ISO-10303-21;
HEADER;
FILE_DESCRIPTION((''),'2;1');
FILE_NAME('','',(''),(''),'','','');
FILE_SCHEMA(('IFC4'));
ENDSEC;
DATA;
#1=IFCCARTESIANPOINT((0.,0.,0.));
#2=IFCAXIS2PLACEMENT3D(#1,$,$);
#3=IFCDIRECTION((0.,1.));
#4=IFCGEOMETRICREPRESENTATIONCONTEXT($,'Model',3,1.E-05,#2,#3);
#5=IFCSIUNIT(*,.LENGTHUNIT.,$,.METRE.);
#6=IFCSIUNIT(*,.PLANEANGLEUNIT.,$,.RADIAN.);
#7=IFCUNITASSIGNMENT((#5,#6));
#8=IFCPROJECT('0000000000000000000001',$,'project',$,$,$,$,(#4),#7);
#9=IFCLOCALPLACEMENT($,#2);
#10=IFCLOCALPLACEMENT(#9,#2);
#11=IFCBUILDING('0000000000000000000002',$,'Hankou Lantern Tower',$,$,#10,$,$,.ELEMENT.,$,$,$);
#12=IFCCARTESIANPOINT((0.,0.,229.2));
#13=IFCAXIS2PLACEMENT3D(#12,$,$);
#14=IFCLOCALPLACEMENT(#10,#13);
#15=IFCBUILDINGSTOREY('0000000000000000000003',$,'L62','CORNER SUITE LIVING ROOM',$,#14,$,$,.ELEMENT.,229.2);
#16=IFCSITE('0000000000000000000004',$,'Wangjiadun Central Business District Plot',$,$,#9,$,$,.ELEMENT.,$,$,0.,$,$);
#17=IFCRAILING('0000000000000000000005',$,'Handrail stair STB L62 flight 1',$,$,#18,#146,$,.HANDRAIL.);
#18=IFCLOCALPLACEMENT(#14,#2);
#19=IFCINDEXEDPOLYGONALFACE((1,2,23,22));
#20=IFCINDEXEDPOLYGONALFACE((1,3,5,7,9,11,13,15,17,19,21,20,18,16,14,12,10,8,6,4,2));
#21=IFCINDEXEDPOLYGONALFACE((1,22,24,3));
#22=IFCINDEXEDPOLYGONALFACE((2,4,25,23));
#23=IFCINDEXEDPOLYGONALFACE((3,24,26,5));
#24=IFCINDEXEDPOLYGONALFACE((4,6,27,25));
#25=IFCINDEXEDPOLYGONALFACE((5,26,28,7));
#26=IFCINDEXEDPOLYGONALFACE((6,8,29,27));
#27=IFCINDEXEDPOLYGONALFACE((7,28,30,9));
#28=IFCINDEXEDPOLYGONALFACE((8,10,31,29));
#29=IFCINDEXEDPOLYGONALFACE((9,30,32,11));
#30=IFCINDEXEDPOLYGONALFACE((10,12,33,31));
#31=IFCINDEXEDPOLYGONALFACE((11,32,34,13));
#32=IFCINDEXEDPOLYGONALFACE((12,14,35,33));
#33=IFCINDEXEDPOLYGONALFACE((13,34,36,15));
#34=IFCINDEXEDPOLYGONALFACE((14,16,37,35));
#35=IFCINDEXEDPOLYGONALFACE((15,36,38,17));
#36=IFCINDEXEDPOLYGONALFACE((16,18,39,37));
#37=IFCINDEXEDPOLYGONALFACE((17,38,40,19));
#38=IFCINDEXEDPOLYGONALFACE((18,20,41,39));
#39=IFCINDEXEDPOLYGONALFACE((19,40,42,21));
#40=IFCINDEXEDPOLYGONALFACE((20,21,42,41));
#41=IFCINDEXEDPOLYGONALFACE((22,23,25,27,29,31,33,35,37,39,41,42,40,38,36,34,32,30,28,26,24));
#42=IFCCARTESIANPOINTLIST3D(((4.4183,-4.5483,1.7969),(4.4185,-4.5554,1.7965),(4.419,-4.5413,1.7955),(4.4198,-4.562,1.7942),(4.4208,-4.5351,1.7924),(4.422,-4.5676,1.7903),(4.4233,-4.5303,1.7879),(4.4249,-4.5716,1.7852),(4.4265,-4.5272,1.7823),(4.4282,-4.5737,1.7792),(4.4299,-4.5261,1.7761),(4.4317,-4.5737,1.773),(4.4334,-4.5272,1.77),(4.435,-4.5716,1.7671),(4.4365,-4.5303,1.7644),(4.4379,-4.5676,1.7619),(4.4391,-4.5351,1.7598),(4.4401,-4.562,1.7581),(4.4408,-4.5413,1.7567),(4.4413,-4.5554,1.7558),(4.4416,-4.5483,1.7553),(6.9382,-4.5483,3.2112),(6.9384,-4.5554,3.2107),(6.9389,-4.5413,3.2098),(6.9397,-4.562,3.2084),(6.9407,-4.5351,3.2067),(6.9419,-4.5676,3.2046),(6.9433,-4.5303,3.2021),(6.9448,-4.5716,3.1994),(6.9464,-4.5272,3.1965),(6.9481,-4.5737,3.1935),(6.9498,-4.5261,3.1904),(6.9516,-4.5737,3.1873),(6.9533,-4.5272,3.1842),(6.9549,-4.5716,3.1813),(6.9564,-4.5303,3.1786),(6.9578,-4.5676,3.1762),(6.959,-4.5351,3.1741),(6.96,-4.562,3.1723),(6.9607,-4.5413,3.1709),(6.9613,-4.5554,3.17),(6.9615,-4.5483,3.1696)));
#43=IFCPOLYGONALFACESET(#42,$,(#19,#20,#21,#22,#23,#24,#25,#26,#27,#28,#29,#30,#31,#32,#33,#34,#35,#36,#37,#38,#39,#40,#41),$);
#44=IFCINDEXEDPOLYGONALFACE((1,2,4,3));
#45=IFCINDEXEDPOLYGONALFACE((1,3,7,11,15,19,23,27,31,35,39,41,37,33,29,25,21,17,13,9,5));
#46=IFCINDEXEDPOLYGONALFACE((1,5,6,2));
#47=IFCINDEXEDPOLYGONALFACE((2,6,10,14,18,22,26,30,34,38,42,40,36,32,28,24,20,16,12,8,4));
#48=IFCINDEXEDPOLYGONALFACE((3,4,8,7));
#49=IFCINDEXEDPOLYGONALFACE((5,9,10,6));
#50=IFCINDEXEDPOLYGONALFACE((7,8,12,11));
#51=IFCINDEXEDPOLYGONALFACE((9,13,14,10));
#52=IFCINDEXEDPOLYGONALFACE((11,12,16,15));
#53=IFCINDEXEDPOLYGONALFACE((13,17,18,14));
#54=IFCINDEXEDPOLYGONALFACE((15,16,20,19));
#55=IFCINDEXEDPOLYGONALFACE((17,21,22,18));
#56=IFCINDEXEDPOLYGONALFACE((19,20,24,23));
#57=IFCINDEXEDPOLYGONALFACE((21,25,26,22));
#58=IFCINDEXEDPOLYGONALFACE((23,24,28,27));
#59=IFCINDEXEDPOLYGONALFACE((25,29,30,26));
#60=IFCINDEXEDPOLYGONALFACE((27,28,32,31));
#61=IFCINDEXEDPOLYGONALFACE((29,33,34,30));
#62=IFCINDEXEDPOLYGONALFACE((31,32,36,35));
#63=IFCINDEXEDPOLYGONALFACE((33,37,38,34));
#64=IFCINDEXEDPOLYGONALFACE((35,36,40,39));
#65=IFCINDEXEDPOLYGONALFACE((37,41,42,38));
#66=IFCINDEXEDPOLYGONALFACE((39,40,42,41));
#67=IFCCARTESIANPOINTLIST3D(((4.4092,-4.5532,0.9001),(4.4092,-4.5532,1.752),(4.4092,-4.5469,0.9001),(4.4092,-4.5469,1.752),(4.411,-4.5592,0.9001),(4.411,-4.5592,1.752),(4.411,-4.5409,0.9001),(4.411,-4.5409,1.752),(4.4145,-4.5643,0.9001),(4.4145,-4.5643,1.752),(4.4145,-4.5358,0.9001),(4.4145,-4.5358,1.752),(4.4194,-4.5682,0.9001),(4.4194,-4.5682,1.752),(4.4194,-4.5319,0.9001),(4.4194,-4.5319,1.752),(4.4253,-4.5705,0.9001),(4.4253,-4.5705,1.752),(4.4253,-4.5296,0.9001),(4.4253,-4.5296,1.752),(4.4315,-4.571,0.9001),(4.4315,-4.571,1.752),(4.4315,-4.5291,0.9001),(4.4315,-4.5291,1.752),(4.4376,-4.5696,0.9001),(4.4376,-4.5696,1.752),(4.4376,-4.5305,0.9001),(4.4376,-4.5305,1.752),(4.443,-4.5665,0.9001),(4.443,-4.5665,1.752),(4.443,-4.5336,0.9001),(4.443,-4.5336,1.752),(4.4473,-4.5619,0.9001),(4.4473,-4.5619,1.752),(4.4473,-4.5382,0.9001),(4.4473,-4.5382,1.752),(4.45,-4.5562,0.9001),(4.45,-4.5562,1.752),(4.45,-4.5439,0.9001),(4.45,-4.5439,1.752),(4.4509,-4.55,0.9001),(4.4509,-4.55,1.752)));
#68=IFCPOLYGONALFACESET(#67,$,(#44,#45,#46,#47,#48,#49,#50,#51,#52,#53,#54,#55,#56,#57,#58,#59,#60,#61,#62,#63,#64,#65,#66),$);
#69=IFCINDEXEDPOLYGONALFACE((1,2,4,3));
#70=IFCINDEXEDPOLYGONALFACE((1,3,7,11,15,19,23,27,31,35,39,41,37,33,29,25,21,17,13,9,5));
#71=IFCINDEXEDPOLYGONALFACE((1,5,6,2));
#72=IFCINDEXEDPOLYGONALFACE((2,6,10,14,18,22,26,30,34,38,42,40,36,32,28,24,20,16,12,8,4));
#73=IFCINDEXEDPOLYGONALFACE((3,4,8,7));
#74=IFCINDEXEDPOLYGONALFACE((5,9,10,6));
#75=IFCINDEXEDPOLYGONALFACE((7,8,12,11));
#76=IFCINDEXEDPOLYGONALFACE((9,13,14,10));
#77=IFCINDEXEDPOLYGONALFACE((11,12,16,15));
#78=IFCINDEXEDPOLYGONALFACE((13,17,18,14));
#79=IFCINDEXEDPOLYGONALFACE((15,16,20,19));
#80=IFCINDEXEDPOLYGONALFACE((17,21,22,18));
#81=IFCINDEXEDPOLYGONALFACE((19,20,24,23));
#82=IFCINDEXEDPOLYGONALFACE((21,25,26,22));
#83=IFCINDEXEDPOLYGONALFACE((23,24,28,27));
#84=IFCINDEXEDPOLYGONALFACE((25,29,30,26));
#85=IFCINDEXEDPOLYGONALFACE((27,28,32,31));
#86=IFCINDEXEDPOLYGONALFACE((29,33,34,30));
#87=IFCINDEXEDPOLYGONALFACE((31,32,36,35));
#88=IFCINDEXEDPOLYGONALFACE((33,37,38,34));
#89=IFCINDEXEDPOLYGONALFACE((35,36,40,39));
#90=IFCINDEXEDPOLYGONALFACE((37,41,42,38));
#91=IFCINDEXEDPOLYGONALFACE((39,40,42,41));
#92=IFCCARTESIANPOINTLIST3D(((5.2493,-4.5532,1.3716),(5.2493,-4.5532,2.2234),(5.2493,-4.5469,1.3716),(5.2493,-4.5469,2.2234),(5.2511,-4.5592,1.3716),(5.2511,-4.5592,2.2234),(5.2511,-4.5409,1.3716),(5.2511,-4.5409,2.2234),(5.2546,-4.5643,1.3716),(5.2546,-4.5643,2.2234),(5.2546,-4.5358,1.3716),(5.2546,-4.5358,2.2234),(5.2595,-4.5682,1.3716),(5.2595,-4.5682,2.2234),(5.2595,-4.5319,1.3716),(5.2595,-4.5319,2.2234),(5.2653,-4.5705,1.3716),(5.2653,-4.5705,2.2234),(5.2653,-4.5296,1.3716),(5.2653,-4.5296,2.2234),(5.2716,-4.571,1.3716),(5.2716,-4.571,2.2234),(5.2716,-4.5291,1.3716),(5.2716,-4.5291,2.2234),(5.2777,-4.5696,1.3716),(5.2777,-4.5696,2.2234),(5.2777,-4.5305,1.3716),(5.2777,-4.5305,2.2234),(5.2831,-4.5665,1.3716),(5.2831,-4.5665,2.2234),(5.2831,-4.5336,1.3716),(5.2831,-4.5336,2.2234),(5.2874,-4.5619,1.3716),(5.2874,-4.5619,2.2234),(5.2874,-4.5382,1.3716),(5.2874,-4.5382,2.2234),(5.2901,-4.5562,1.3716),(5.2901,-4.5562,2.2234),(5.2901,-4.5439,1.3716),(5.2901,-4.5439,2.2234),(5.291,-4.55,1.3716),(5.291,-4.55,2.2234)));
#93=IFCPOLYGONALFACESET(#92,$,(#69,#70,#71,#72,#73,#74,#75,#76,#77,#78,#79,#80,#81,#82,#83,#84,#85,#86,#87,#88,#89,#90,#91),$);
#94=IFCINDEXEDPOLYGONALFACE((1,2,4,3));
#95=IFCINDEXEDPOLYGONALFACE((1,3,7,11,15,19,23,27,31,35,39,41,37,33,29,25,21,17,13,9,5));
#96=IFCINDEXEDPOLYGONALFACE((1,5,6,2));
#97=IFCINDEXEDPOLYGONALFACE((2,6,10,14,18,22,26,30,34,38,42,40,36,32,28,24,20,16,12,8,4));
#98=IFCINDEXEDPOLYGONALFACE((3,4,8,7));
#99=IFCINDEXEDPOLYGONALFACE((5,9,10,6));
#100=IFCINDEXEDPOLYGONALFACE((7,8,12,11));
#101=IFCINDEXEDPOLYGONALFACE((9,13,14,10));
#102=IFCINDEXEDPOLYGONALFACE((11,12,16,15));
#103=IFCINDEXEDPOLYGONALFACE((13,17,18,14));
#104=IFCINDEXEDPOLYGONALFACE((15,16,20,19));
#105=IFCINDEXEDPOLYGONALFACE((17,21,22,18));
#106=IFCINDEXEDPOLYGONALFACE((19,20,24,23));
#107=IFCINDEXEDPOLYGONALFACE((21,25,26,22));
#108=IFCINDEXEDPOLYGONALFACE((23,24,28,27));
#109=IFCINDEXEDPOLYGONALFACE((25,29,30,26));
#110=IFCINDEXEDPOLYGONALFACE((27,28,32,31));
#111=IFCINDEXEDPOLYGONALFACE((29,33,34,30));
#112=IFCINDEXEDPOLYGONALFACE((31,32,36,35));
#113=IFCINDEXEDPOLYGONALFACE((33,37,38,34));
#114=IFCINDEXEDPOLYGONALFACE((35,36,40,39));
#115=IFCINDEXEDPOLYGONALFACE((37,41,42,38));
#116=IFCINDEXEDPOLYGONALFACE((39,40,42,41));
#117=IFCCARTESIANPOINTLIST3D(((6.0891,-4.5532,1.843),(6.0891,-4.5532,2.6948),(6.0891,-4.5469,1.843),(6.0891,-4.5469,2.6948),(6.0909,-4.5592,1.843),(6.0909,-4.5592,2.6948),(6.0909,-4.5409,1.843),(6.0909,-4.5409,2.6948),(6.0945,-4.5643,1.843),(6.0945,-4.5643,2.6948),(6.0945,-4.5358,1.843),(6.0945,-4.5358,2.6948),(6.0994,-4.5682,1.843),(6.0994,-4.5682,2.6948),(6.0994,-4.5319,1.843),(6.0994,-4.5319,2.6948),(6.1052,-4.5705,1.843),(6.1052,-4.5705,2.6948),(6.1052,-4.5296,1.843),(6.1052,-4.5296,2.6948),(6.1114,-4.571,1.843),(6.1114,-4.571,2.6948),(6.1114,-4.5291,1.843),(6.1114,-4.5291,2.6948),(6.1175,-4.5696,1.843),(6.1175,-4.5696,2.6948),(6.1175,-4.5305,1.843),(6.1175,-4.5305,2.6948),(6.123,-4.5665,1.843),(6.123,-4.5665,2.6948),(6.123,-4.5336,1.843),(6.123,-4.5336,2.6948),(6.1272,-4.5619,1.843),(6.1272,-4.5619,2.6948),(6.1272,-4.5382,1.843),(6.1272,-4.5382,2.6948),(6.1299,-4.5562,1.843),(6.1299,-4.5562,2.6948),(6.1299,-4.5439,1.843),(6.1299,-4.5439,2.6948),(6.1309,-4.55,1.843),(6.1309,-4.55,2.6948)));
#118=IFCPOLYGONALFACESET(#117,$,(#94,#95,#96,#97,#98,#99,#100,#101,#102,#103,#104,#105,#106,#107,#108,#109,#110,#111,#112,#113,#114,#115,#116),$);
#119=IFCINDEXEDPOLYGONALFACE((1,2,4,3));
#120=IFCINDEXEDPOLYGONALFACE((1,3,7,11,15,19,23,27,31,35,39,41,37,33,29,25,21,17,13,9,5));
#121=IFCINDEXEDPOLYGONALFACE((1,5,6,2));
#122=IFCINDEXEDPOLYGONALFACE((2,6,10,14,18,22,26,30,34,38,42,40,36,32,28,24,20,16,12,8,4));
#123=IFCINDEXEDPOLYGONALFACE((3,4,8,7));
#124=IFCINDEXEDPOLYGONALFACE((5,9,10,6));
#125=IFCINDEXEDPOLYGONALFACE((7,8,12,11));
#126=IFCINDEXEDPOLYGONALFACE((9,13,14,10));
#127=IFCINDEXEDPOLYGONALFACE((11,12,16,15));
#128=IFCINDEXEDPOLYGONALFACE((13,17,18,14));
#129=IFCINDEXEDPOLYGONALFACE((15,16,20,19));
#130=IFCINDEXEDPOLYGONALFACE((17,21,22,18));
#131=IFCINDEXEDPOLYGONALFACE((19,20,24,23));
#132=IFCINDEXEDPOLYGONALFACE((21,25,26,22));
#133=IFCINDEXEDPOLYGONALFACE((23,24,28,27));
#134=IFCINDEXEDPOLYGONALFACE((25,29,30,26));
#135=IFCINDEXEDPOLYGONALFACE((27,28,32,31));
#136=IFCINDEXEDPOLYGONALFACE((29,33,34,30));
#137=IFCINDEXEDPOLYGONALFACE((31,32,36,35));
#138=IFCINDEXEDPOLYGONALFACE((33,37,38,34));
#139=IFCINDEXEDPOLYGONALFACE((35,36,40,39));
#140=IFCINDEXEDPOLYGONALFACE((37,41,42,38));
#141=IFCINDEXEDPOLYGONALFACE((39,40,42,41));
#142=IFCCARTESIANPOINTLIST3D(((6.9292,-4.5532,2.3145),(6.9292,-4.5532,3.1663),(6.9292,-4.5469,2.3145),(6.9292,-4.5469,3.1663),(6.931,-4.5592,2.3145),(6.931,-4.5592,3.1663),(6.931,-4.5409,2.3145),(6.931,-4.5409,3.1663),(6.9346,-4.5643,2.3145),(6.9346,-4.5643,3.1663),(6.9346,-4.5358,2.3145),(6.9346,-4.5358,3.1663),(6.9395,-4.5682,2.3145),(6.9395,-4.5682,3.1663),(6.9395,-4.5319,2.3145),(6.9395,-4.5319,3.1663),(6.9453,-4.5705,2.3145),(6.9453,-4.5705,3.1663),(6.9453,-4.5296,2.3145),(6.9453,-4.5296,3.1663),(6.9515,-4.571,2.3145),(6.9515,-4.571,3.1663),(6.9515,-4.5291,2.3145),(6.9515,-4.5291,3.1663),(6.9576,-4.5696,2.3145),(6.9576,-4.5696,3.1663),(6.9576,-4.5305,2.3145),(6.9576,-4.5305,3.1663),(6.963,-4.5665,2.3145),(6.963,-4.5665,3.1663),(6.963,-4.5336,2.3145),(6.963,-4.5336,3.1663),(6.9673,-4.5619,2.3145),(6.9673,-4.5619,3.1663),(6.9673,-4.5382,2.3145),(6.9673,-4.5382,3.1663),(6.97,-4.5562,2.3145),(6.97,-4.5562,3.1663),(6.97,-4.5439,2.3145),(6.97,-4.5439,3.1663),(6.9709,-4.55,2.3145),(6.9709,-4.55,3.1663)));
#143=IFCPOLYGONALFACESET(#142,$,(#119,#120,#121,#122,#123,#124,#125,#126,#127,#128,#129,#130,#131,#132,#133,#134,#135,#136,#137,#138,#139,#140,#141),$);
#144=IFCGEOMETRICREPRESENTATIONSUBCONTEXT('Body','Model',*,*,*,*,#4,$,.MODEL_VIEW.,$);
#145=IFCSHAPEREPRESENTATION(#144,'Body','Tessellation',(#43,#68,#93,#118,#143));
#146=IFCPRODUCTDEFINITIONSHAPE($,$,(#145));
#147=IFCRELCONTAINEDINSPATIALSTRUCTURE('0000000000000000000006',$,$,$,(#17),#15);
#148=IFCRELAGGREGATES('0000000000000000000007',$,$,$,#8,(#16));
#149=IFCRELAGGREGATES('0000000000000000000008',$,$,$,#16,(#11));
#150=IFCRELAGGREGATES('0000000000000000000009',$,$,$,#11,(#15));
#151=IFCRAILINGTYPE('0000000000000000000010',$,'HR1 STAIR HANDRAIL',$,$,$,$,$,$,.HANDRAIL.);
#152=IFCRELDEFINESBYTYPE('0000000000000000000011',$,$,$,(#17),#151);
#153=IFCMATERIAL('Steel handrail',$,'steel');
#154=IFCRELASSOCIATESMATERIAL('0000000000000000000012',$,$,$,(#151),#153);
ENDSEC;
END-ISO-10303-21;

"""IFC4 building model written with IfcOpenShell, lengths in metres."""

from ifc_helpers import new_model, si_unit, direction, frame, origin, origin_2d, place, context, subcontext, project, spatial, circle, extrude, material, type_object, element, save


model = new_model("IFC4")

# Units and contexts
model_context = context("Model", 3, precision=1e-05, world=origin(), true_north=direction((0.0, 1.0)))
body_context = subcontext(model_context, "Body", "Model", "MODEL_VIEW")
ifc_project = project(units=[si_unit("LENGTHUNIT", "METRE"), si_unit("PLANEANGLEUNIT", "RADIAN")], contexts=[model_context])

# Site, building, storey
site_placement = place(None, origin())
site = spatial("IfcSite", under=ifc_project, at=site_placement, Name="Wangjiadun Central Business District Plot", CompositionType="ELEMENT", RefElevation=0.0)
building_placement = place(site_placement, origin())
building = spatial("IfcBuilding", under=site, at=building_placement, Name="Hankou Lantern Tower", CompositionType="ELEMENT")
storey_placement = place(building_placement, frame((0.0, 0.0, 229.2)))
storey = spatial("IfcBuildingStorey", under=building, at=storey_placement, Name="L62", Description="CORNER SUITE LIVING ROOM", CompositionType="ELEMENT", Elevation=229.2)

# Railing
ifc_material_1 = material(Name="Steel handrail", Category="steel")
railing_type = type_object("IfcRailingType", Name="HR1 STAIR HANDRAIL", PredefinedType="HANDRAIL", material=ifc_material_1)
railing_1_placement = place(storey_placement, frame((4.4299, -4.55, 0.9001)))
element("IfcRailing", 1, at=railing_1_placement, inside=storey, type_object=railing_type, Name="Handrail stair STB L62 flight 1", PredefinedType="HANDRAIL", context=body_context, shape_type="SweptSolid", body=[
    extrude(circle(Radius=0.0239, at=origin_2d()), frame((0.0, 0.0, 0.876), z_axis=(0.872049, 0.0, 0.489419), x_axis=(0.0, 1.0, 0.0)), (0.0, 0.0, 1.0), 2.8896),
    extrude(circle(Radius=0.021, at=origin_2d()), origin(), (0.0, 0.0, 1.0), 0.8518),
    extrude(circle(Radius=0.021, at=origin_2d()), frame((0.8401, 0.0, 0.4714)), (0.0, 0.0, 1.0), 0.8518),
    extrude(circle(Radius=0.021, at=origin_2d()), frame((1.6799, 0.0, 0.9429)), (0.0, 0.0, 1.0), 0.8518),
    extrude(circle(Radius=0.021, at=origin_2d()), frame((2.52, 0.0, 1.4143)), (0.0, 0.0, 1.0), 0.8518),
])

save(model, "model.ifc")
